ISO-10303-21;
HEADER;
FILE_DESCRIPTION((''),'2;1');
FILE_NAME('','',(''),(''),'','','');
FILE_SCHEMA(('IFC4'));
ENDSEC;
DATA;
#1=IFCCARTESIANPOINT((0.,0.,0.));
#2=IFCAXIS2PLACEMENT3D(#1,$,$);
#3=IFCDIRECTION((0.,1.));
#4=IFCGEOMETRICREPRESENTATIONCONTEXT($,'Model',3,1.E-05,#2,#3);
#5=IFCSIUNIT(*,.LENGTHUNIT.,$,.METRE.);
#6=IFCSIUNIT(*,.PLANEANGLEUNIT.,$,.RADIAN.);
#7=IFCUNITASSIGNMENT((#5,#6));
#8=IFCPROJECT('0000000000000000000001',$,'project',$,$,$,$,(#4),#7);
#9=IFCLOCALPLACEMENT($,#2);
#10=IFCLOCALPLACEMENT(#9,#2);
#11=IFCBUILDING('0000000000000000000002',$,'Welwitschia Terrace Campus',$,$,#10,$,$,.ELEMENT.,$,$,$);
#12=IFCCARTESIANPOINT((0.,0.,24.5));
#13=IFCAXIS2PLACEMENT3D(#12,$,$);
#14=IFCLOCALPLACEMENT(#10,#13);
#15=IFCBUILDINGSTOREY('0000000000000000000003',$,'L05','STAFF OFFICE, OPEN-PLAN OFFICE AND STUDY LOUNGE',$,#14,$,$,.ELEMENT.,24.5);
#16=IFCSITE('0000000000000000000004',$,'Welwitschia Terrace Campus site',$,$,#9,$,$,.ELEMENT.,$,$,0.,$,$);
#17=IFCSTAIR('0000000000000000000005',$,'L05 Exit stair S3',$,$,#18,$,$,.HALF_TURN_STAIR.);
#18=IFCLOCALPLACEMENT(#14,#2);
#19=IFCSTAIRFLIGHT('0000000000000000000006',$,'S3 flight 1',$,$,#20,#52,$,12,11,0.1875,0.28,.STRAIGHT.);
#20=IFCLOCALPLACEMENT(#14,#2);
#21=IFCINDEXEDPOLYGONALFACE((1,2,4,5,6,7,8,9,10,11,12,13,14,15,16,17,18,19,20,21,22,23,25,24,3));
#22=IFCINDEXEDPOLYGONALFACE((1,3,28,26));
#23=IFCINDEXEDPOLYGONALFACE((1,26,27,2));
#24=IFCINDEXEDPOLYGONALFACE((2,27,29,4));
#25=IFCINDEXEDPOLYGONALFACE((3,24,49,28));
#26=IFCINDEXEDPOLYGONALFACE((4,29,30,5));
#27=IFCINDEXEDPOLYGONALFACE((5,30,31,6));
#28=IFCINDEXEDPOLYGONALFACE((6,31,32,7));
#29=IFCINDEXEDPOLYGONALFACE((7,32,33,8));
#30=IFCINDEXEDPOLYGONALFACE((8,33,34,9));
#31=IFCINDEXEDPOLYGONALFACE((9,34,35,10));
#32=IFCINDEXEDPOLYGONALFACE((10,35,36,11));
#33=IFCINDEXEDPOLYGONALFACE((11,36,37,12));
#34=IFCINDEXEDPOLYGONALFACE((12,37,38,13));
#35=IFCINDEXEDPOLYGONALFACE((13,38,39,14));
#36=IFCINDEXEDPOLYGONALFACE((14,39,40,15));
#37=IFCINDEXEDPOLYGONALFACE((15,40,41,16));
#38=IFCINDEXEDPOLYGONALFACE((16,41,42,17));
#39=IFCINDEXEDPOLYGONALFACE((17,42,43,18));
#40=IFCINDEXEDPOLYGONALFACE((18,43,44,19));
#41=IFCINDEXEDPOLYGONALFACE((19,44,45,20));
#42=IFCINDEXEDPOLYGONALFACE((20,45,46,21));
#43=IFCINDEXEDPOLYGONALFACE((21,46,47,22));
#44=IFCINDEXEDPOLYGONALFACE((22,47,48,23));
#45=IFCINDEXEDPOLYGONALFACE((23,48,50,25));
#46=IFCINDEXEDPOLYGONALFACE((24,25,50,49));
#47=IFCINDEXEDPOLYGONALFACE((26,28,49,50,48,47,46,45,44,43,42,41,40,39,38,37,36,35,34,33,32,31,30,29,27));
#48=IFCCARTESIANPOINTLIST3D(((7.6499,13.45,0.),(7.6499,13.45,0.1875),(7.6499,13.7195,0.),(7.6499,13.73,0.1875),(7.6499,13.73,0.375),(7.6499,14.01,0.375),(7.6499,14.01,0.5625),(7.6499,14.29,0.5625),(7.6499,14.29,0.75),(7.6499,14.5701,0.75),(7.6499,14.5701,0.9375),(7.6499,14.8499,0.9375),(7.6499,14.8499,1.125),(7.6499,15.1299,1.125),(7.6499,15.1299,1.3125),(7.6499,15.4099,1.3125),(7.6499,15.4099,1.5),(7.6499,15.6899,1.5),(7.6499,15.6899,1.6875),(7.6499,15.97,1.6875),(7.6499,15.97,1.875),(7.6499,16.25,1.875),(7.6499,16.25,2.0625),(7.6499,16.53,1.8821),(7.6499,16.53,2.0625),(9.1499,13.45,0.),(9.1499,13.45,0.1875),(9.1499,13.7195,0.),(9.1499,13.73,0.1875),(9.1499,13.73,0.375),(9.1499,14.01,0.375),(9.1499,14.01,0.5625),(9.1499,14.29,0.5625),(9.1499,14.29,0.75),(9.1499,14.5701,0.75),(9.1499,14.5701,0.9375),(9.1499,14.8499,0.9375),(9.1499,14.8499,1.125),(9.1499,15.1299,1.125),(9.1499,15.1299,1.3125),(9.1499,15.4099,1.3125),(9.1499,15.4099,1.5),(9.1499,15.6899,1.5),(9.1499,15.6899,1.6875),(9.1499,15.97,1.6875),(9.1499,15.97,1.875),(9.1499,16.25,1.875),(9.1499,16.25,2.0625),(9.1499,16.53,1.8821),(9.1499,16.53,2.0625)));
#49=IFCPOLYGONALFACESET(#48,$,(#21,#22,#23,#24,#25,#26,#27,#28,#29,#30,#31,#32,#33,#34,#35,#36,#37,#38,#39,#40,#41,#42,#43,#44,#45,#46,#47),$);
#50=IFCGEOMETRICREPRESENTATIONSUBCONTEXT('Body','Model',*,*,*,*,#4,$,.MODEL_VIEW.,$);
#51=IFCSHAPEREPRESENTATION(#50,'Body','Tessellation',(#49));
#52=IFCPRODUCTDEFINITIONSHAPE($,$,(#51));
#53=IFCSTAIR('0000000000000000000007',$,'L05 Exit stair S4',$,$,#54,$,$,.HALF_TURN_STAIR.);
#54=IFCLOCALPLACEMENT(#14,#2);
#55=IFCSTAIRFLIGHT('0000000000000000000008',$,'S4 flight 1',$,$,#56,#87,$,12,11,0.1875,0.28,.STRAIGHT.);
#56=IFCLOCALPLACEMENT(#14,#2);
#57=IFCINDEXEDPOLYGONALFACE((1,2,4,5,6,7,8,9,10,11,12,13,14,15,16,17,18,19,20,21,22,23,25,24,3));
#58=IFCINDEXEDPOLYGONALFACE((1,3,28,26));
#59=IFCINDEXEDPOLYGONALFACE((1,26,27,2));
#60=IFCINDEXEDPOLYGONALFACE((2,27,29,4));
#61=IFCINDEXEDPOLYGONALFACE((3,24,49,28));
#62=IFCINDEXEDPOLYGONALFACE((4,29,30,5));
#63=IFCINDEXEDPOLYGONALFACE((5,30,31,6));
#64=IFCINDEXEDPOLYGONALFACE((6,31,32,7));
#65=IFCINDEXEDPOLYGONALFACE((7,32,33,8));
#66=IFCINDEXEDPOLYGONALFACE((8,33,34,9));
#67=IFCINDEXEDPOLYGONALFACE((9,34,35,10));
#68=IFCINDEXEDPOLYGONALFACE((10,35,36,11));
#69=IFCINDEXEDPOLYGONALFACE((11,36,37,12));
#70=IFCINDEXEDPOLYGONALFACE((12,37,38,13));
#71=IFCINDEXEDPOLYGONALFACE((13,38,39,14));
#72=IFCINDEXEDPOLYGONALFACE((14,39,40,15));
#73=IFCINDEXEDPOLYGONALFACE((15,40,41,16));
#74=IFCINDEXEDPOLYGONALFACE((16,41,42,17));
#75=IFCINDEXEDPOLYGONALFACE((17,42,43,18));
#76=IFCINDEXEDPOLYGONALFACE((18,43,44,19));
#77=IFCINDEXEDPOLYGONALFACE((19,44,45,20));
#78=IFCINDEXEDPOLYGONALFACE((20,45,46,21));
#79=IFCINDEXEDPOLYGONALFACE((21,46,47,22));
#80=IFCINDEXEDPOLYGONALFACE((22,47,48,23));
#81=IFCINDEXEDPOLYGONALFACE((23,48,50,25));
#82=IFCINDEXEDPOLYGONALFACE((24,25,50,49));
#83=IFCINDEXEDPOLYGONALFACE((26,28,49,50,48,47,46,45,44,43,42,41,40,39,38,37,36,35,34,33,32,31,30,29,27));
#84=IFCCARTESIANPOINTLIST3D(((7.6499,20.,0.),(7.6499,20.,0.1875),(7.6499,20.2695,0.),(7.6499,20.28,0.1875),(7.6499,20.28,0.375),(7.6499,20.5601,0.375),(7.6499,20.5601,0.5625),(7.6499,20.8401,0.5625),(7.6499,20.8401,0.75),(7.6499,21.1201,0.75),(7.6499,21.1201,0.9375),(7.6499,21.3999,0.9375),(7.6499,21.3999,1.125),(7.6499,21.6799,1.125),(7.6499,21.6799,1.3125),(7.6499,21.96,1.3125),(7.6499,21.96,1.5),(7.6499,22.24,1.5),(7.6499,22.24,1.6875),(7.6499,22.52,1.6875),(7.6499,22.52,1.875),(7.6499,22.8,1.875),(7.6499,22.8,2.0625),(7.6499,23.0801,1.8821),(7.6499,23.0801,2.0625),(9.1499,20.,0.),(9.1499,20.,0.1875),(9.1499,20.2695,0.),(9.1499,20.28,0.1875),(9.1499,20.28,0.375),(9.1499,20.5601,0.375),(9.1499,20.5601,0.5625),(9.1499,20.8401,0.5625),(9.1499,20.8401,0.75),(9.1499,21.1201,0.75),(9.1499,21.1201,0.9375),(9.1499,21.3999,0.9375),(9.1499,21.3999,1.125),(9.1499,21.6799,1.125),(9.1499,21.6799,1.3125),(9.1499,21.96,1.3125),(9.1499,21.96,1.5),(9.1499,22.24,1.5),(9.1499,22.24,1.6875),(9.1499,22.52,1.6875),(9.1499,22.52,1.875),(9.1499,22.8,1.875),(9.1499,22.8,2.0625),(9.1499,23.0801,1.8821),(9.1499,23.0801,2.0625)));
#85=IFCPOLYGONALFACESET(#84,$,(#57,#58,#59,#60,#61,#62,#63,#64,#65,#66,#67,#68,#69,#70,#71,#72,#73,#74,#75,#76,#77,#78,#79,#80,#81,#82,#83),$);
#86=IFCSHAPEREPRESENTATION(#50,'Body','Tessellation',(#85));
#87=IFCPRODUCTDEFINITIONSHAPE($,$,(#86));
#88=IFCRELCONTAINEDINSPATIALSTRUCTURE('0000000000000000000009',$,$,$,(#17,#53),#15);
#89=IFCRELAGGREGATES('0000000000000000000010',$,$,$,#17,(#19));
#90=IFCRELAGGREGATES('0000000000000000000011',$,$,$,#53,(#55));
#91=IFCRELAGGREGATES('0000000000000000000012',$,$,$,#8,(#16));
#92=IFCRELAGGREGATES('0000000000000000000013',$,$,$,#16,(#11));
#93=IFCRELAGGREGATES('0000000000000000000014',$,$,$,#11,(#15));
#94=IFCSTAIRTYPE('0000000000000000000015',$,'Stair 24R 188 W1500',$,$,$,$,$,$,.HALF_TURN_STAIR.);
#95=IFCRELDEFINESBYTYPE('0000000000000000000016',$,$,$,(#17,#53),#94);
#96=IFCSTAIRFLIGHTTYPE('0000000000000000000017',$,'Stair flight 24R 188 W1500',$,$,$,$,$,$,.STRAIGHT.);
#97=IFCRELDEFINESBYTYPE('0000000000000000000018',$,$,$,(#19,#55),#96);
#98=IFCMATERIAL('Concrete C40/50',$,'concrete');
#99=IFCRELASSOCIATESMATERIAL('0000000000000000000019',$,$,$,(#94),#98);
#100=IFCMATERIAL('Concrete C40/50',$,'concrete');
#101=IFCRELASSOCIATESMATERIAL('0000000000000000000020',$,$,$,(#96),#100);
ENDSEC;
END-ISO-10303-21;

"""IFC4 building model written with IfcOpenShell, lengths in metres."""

from ifc_helpers import new_model, si_unit, direction, frame, origin, place, context, subcontext, project, spatial, polyline, outline, extrude, material, type_object, element, aggregate, save


model = new_model("IFC4")

# Units and contexts
model_context = context("Model", 3, precision=1e-05, world=origin(), true_north=direction((0.0, 1.0)))
body_context = subcontext(model_context, "Body", "Model", "MODEL_VIEW")
ifc_project = project(units=[si_unit("LENGTHUNIT", "METRE"), si_unit("PLANEANGLEUNIT", "RADIAN")], contexts=[model_context])

# Site, building, storey
site_placement = place(None, origin())
site = spatial("IfcSite", under=ifc_project, at=site_placement, Name="Welwitschia Terrace Campus site", CompositionType="ELEMENT", RefElevation=0.0)
building_placement = place(site_placement, origin())
building = spatial("IfcBuilding", under=site, at=building_placement, Name="Welwitschia Terrace Campus", CompositionType="ELEMENT")
storey_placement = place(building_placement, frame((0.0, 0.0, 24.5)))
storey = spatial("IfcBuildingStorey", under=building, at=storey_placement, Name="L05", Description="STAFF OFFICE, OPEN-PLAN OFFICE AND STUDY LOUNGE", CompositionType="ELEMENT", Elevation=24.5)

# Stairs, stair flights
ifc_material_1 = material(Name="Concrete C40/50", Category="concrete")
stair_type = type_object("IfcStairType", Name="Stair 24R 188 W1500", PredefinedType="HALF_TURN_STAIR", material=ifc_material_1)
stair_1_placement = place(storey_placement, origin())
stair_1 = element("IfcStair", 1, at=stair_1_placement, inside=storey, type_object=stair_type, Name="L05 Exit stair S3", PredefinedType="HALF_TURN_STAIR")
ifc_material_2 = material(Name="Concrete C40/50", Category="concrete")
stair_flight_type = type_object("IfcStairFlightType", Name="Stair flight 24R 188 W1500", PredefinedType="STRAIGHT", material=ifc_material_2)
stair_flight_1_placement = place(storey_placement, frame((8.3999, 13.45, 0.0), z_axis=(0.0, 0.0, 1.0), x_axis=(0.0, 1.0, 0.0)))
stair_flight_1 = element("IfcStairFlight", 2, at=stair_flight_1_placement, type_object=stair_flight_type, Name="S3 flight 1", NumberOfRisers=12, NumberOfTreads=11, PredefinedType="STRAIGHT", RiserHeight=0.1875, TreadLength=0.28, context=body_context, shape_type="SweptSolid", body=[
    extrude(outline(polyline([(0.0, 0.0), (0.0, 0.1875), (0.28, 0.1875), (0.28, 0.375), (0.5601, 0.375), (0.5601, 0.5625), (0.8401, 0.5625), (0.8401, 0.75), (1.1201, 0.75), (1.1201, 0.9375), (1.3999, 0.9375), (1.3999, 1.125), (1.6799, 1.125), (1.6799, 1.3125), (1.96, 1.3125), (1.96, 1.5), (2.24, 1.5), (2.24, 1.6875), (2.52, 1.6875), (2.52, 1.875), (2.8, 1.875), (2.8, 2.0625), (3.0801, 2.0625), (3.0801, 2.25), (3.0801, 1.8821), (0.2695, 0.0), (0.0, 0.0)])), frame((0.0, 0.75, 0.0), z_axis=(0.0, -1.0, 0.0), x_axis=(1.0, 0.0, 0.0)), (0.0, 0.0, 1.0), 1.5),
])
aggregate(stair_1, [stair_flight_1])
stair_2_placement = place(storey_placement, origin())
stair_2 = element("IfcStair", 3, at=stair_2_placement, inside=storey, type_object=stair_type, Name="L05 Exit stair S4", PredefinedType="HALF_TURN_STAIR")
stair_flight_2_placement = place(storey_placement, frame((8.3999, 20.0, 0.0), z_axis=(0.0, 0.0, 1.0), x_axis=(0.0, 1.0, 0.0)))
stair_flight_2 = element("IfcStairFlight", 4, at=stair_flight_2_placement, type_object=stair_flight_type, Name="S4 flight 1", NumberOfRisers=12, NumberOfTreads=11, PredefinedType="STRAIGHT", RiserHeight=0.1875, TreadLength=0.28, context=body_context, shape_type="SweptSolid", body=[
    extrude(outline(polyline([(0.0, 0.0), (0.0, 0.1875), (0.28, 0.1875), (0.28, 0.375), (0.5601, 0.375), (0.5601, 0.5625), (0.8401, 0.5625), (0.8401, 0.75), (1.1201, 0.75), (1.1201, 0.9375), (1.3999, 0.9375), (1.3999, 1.125), (1.6799, 1.125), (1.6799, 1.3125), (1.96, 1.3125), (1.96, 1.5), (2.24, 1.5), (2.24, 1.6875), (2.52, 1.6875), (2.52, 1.875), (2.8, 1.875), (2.8, 2.0625), (3.0801, 2.0625), (3.0801, 2.25), (3.0801, 1.8821), (0.2695, 0.0), (0.0, 0.0)])), frame((0.0, 0.75, 0.0), z_axis=(0.0, -1.0, 0.0), x_axis=(1.0, 0.0, 0.0)), (0.0, 0.0, 1.0), 1.5),
])
aggregate(stair_2, [stair_flight_2])

save(model, "model.ifc")
